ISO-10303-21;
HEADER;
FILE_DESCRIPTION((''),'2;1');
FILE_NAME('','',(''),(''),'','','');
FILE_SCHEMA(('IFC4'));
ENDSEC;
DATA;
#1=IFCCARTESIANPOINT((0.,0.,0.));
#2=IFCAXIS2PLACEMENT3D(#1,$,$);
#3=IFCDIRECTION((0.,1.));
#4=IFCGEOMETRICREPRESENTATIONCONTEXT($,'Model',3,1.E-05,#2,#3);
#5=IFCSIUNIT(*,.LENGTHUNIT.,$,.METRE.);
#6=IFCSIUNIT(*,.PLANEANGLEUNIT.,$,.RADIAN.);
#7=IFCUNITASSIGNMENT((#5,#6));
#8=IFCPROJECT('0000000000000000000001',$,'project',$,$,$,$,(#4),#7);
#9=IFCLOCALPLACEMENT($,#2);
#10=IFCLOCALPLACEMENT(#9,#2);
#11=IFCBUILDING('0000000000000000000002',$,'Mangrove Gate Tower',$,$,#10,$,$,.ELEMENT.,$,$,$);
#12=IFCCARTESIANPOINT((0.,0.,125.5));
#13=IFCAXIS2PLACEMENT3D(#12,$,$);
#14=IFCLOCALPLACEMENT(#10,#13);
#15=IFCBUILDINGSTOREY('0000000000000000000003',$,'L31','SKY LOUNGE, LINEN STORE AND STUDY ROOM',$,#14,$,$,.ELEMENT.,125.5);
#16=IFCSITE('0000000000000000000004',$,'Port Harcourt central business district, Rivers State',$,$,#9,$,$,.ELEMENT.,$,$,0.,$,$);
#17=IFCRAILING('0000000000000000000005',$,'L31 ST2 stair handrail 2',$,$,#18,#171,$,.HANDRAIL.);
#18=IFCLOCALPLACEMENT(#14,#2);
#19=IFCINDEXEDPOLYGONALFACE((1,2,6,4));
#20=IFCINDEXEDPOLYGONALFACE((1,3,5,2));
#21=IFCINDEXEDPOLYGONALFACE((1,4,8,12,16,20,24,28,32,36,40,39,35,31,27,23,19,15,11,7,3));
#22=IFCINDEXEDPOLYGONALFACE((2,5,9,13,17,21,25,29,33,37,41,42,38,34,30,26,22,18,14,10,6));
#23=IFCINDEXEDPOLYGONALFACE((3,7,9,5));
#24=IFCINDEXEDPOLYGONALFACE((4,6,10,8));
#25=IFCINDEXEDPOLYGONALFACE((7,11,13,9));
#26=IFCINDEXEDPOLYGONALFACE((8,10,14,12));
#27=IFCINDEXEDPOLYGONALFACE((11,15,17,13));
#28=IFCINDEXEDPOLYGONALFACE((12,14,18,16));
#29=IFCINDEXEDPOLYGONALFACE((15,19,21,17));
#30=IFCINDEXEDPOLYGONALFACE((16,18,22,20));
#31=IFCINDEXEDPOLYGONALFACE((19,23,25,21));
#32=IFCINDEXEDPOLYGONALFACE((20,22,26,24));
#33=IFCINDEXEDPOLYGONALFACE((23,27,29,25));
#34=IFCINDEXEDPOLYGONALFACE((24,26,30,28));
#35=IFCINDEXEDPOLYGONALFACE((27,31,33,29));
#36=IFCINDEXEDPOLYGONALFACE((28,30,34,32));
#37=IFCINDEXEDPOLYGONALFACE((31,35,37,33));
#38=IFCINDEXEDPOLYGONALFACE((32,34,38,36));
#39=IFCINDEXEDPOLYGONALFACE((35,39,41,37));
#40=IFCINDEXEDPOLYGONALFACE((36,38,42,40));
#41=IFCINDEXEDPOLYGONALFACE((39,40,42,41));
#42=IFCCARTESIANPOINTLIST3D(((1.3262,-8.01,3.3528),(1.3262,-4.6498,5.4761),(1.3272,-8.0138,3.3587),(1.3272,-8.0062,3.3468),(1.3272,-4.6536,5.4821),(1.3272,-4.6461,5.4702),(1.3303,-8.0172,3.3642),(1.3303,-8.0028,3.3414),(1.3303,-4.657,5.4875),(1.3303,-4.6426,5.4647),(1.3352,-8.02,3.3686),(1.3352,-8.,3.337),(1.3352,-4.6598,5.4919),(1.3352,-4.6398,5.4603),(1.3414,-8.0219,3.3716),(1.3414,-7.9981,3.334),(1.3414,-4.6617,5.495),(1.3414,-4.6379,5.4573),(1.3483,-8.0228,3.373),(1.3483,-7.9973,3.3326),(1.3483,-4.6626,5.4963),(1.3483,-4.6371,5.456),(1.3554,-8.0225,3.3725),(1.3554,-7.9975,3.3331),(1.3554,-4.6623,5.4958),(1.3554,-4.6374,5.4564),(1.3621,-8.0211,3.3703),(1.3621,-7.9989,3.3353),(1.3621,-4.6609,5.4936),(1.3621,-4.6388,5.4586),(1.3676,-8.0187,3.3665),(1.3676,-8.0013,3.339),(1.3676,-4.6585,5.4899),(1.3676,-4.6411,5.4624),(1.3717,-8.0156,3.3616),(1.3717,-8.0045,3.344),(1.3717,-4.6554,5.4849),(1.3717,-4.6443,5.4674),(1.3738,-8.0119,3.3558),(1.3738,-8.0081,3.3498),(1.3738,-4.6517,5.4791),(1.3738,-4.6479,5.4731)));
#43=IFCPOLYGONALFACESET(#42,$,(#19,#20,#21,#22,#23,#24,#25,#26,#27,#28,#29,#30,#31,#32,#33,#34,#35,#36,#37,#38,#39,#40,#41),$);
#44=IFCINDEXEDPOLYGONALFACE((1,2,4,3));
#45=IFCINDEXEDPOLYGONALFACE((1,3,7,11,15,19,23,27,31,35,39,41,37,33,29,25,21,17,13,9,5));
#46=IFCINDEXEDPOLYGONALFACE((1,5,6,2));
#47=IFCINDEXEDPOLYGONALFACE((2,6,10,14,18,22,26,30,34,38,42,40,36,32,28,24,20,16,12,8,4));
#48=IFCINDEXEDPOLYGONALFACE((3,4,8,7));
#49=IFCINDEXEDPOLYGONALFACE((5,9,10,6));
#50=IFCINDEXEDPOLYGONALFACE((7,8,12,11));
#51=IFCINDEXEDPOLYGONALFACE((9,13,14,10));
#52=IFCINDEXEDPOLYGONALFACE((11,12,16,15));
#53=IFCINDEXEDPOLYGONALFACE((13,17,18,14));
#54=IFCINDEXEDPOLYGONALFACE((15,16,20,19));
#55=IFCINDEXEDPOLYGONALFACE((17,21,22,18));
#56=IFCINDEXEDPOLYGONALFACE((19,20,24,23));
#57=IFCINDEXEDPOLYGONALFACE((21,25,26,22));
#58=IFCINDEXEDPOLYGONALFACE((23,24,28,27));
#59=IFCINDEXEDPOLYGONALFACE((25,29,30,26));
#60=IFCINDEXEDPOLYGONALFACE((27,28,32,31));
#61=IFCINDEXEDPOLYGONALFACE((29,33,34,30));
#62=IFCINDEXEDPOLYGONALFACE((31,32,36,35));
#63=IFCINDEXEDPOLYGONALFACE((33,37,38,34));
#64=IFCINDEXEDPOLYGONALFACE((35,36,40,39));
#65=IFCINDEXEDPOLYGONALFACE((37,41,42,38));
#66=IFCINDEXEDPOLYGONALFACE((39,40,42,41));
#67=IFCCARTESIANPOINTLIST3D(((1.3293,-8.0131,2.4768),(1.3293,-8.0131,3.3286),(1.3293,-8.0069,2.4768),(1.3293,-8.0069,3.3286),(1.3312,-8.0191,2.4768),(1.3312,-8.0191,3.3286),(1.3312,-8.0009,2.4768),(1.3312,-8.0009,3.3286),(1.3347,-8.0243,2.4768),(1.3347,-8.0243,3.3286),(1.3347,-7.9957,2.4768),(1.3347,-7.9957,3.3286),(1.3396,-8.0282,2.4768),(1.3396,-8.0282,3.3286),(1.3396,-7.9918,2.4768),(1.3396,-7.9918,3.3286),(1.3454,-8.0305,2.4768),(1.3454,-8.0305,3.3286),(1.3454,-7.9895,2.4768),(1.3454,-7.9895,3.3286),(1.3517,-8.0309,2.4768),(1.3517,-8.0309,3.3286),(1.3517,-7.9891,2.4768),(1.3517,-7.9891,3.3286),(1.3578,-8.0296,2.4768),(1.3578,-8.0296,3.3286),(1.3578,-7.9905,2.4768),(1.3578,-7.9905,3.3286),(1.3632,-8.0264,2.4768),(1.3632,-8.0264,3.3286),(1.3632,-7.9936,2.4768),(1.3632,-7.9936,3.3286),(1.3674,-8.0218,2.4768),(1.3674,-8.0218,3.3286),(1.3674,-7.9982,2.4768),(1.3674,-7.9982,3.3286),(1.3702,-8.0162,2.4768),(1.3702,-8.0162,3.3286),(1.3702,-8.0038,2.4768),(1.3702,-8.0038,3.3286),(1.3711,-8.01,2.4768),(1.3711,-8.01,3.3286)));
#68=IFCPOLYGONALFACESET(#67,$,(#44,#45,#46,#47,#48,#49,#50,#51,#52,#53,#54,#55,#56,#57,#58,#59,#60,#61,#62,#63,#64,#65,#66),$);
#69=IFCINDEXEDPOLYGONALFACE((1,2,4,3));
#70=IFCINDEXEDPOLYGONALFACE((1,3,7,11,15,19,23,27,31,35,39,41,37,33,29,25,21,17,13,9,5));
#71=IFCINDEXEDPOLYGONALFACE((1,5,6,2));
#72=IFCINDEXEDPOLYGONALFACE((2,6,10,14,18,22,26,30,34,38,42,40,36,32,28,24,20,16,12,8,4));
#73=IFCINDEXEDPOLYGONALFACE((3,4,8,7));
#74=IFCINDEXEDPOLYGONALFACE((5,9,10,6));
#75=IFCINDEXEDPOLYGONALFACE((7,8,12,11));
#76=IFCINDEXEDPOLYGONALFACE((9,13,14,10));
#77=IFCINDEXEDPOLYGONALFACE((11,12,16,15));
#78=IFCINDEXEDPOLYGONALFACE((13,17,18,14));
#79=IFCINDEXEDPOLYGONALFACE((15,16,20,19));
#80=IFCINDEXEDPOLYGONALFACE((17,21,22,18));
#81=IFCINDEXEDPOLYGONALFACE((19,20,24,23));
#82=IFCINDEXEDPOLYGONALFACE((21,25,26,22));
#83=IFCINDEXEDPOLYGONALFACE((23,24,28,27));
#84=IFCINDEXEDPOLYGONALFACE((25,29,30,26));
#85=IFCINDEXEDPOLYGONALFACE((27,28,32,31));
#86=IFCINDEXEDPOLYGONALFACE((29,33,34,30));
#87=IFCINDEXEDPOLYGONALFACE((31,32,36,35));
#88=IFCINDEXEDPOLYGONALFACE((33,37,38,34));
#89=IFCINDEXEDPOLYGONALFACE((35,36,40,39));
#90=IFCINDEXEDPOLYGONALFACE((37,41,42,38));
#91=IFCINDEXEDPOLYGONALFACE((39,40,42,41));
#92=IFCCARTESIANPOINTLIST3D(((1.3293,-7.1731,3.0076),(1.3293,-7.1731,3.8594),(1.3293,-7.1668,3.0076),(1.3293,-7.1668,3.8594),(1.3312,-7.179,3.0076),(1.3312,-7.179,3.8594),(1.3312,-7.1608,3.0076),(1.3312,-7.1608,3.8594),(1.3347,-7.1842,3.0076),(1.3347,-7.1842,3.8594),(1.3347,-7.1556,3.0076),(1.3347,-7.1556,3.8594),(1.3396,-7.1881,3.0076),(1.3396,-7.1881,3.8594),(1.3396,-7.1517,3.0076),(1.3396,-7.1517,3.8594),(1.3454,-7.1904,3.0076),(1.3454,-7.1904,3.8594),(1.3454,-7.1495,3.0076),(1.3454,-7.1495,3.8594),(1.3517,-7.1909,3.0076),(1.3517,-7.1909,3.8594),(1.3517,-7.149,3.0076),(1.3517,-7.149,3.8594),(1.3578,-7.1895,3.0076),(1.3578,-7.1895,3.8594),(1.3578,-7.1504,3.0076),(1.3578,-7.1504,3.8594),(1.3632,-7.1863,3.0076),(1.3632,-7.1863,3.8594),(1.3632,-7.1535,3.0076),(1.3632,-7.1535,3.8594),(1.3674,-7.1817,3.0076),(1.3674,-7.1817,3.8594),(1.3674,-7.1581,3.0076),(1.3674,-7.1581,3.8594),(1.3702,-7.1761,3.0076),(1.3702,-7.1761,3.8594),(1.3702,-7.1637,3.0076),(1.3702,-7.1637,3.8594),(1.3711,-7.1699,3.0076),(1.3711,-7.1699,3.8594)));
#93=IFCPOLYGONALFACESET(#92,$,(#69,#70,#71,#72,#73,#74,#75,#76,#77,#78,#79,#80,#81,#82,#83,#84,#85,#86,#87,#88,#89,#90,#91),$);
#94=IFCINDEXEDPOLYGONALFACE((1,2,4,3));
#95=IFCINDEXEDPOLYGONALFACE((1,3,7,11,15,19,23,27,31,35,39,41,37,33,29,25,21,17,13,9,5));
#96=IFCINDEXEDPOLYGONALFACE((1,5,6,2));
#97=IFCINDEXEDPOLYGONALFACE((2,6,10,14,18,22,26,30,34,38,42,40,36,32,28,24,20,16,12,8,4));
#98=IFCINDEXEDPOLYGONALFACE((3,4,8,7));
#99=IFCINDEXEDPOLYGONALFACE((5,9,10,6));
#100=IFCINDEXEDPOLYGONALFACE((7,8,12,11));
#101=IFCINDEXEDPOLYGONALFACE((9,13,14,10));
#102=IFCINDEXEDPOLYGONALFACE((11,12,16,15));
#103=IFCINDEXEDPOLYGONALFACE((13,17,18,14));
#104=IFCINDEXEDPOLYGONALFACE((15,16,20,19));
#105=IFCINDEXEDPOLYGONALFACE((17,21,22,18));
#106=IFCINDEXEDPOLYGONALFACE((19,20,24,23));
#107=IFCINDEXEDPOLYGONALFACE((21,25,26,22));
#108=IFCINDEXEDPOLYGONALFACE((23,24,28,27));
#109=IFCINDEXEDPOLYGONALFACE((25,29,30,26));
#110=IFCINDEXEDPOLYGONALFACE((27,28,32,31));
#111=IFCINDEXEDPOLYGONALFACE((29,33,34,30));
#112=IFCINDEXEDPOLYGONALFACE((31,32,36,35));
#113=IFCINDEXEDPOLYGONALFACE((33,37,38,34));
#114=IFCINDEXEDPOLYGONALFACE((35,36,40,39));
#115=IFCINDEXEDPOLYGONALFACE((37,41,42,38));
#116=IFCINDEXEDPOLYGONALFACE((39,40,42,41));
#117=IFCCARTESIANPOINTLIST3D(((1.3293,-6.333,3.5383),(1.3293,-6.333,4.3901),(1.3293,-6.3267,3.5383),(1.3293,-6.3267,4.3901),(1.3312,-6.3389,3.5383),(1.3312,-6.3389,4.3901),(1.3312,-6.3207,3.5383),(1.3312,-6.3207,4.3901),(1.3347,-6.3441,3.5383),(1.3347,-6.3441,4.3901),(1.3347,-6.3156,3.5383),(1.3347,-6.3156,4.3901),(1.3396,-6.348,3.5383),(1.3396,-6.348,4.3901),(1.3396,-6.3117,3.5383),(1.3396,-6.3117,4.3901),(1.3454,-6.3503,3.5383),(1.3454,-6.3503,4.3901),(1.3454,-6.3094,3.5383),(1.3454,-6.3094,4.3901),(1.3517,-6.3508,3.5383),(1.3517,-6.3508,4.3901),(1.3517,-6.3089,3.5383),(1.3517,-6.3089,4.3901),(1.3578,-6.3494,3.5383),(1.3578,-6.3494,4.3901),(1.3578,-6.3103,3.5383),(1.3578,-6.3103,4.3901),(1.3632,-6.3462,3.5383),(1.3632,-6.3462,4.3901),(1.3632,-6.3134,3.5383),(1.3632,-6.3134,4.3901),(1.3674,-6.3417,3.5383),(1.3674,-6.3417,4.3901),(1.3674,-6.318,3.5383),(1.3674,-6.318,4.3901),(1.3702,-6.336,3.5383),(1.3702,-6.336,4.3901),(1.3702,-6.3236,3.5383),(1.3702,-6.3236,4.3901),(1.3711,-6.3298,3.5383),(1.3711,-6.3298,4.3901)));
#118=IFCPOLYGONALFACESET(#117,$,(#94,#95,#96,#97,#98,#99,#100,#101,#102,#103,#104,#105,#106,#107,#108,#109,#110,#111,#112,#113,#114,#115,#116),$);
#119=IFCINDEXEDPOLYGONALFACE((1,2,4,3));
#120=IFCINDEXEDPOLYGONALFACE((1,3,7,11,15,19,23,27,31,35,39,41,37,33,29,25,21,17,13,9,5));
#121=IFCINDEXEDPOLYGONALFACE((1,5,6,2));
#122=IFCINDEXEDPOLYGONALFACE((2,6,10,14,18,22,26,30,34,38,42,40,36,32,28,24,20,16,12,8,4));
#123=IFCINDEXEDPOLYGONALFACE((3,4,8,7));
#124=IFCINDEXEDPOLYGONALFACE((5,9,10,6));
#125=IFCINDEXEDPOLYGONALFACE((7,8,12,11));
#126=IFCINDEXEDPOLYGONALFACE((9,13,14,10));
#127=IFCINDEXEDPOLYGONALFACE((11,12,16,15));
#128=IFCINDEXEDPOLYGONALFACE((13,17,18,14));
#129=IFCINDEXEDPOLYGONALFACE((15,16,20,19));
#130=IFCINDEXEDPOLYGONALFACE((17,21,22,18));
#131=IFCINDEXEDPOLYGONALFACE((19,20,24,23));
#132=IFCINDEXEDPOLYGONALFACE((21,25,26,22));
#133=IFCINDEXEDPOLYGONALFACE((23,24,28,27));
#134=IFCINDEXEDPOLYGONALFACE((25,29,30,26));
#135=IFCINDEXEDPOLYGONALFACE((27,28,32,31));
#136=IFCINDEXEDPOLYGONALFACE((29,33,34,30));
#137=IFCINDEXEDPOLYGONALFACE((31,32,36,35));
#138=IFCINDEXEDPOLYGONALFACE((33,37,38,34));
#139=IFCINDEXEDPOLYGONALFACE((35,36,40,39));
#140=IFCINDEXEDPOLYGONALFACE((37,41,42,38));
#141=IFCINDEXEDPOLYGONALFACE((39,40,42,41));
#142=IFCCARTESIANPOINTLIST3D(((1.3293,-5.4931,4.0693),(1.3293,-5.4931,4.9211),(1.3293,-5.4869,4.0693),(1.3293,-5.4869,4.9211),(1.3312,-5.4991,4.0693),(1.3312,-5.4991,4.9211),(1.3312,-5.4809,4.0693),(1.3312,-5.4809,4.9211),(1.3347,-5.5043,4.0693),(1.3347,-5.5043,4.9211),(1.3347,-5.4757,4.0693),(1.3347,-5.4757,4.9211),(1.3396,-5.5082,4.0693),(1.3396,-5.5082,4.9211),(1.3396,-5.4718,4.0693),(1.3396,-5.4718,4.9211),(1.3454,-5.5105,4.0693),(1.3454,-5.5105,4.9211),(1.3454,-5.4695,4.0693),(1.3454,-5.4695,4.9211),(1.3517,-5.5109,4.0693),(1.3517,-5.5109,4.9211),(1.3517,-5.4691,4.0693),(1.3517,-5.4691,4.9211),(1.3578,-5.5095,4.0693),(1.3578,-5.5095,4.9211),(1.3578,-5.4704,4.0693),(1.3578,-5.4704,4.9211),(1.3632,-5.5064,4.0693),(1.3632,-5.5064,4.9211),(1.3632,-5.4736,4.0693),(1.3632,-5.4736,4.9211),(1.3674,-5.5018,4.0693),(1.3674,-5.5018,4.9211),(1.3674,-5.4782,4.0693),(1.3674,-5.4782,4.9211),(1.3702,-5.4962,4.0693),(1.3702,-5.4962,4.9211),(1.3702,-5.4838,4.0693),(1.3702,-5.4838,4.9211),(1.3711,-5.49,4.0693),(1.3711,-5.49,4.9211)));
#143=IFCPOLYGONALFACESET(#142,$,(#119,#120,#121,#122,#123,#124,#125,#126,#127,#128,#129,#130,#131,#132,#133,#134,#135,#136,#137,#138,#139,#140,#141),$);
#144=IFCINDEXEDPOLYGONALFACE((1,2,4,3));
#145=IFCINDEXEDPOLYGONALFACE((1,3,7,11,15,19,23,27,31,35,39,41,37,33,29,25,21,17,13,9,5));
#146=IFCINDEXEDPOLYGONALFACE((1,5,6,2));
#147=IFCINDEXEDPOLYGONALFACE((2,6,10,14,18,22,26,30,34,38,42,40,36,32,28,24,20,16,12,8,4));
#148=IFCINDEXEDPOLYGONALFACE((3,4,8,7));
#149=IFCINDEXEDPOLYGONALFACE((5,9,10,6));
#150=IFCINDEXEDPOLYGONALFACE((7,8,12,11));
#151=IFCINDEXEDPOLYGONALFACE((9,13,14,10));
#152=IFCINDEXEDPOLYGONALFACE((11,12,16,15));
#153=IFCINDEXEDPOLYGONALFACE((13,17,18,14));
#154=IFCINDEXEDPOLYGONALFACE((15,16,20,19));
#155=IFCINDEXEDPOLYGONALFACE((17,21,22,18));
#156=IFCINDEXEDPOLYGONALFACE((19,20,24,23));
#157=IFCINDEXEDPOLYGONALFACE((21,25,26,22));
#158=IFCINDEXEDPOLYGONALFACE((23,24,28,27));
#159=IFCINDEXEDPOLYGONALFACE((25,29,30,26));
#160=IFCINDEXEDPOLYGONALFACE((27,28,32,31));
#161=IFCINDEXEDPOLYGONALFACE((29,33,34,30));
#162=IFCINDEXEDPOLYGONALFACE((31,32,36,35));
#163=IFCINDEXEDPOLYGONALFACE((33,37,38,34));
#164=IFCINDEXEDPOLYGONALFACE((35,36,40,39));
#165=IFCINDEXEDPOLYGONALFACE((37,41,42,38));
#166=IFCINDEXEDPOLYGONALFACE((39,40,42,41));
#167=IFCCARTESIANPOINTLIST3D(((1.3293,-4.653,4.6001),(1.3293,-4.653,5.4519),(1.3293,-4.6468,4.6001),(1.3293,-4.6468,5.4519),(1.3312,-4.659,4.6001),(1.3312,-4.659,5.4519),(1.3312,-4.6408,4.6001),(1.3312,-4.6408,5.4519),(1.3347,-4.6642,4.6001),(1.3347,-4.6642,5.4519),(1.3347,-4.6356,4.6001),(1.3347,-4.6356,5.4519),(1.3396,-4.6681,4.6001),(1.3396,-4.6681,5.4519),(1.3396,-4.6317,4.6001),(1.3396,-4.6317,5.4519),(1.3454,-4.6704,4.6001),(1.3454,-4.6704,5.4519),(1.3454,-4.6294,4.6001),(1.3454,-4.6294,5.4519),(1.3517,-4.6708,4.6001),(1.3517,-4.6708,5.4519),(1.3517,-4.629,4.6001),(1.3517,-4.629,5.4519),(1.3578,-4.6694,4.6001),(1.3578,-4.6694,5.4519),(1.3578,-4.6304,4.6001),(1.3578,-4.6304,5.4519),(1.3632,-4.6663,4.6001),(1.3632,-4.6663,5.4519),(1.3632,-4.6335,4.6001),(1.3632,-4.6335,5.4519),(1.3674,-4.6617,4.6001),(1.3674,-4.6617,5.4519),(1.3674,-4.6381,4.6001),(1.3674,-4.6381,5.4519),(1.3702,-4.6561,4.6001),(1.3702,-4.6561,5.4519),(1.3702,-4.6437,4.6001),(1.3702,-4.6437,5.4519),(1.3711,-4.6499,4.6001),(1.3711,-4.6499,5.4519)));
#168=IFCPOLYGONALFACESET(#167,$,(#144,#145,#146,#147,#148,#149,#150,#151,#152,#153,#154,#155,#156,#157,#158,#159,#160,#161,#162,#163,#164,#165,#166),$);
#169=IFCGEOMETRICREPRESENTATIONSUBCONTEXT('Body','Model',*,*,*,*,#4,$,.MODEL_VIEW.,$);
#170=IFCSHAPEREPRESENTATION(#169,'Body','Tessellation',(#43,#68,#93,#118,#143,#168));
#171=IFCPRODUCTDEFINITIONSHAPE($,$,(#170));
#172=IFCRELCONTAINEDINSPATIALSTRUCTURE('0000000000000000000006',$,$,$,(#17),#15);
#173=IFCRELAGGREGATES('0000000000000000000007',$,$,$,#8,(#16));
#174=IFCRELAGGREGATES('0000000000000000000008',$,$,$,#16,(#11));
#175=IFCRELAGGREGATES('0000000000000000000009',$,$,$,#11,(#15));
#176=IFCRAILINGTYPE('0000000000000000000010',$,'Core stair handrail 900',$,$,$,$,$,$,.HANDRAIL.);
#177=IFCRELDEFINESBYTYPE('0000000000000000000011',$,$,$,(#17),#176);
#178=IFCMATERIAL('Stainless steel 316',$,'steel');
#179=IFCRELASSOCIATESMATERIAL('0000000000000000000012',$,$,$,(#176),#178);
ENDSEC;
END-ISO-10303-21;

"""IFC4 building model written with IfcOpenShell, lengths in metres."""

from ifc_helpers import new_model, si_unit, direction, frame, origin, origin_2d, place, context, subcontext, project, spatial, circle, extrude, material, type_object, element, save


model = new_model("IFC4")

# Units and contexts
model_context = context("Model", 3, precision=1e-05, world=origin(), true_north=direction((0.0, 1.0)))
body_context = subcontext(model_context, "Body", "Model", "MODEL_VIEW")
ifc_project = project(units=[si_unit("LENGTHUNIT", "METRE"), si_unit("PLANEANGLEUNIT", "RADIAN")], contexts=[model_context])

# Site, building, storey
site_placement = place(None, origin())
site = spatial("IfcSite", under=ifc_project, at=site_placement, Name="Port Harcourt central business district, Rivers State", CompositionType="ELEMENT", RefElevation=0.0)
building_placement = place(site_placement, origin())
building = spatial("IfcBuilding", under=site, at=building_placement, Name="Mangrove Gate Tower", CompositionType="ELEMENT")
storey_placement = place(building_placement, frame((0.0, 0.0, 125.5)))
storey = spatial("IfcBuildingStorey", under=building, at=storey_placement, Name="L31", Description="SKY LOUNGE, LINEN STORE AND STUDY ROOM", CompositionType="ELEMENT", Elevation=125.5)

# Railing
ifc_material_1 = material(Name="Stainless steel 316", Category="steel")
railing_type_1 = type_object("IfcRailingType", Name="Core stair handrail 900", PredefinedType="HANDRAIL", material=ifc_material_1)
railing_1_placement = place(storey_placement, frame((1.3501, -8.01, 2.4768)))
element("IfcRailing", 1, at=railing_1_placement, inside=storey, type_object=railing_type_1, Name="L31 ST2 stair handrail 2", PredefinedType="HANDRAIL", context=body_context, shape_type="SweptSolid", body=[
    extrude(circle(Radius=0.0239, at=origin_2d()), frame((0.0, 0.0, 0.876), z_axis=(0.0, 0.845362, 0.534194), x_axis=(-1.0, 0.0, 0.0)), (0.0, 0.0, 1.0), 3.9749),
    extrude(circle(Radius=0.021, at=origin_2d()), origin(), (0.0, 0.0, 1.0), 0.8518),
    extrude(circle(Radius=0.021, at=origin_2d()), frame((0.0, 0.8401, 0.5308)), (0.0, 0.0, 1.0), 0.8518),
    extrude(circle(Radius=0.021, at=origin_2d()), frame((0.0, 1.6802, 1.0615)), (0.0, 0.0, 1.0), 0.8518),
    extrude(circle(Radius=0.021, at=origin_2d()), frame((0.0, 2.52, 1.5925)), (0.0, 0.0, 1.0), 0.8518),
    extrude(circle(Radius=0.021, at=origin_2d()), frame((0.0, 3.3601, 2.1233)), (0.0, 0.0, 1.0), 0.8518),
])

save(model, "model.ifc")
